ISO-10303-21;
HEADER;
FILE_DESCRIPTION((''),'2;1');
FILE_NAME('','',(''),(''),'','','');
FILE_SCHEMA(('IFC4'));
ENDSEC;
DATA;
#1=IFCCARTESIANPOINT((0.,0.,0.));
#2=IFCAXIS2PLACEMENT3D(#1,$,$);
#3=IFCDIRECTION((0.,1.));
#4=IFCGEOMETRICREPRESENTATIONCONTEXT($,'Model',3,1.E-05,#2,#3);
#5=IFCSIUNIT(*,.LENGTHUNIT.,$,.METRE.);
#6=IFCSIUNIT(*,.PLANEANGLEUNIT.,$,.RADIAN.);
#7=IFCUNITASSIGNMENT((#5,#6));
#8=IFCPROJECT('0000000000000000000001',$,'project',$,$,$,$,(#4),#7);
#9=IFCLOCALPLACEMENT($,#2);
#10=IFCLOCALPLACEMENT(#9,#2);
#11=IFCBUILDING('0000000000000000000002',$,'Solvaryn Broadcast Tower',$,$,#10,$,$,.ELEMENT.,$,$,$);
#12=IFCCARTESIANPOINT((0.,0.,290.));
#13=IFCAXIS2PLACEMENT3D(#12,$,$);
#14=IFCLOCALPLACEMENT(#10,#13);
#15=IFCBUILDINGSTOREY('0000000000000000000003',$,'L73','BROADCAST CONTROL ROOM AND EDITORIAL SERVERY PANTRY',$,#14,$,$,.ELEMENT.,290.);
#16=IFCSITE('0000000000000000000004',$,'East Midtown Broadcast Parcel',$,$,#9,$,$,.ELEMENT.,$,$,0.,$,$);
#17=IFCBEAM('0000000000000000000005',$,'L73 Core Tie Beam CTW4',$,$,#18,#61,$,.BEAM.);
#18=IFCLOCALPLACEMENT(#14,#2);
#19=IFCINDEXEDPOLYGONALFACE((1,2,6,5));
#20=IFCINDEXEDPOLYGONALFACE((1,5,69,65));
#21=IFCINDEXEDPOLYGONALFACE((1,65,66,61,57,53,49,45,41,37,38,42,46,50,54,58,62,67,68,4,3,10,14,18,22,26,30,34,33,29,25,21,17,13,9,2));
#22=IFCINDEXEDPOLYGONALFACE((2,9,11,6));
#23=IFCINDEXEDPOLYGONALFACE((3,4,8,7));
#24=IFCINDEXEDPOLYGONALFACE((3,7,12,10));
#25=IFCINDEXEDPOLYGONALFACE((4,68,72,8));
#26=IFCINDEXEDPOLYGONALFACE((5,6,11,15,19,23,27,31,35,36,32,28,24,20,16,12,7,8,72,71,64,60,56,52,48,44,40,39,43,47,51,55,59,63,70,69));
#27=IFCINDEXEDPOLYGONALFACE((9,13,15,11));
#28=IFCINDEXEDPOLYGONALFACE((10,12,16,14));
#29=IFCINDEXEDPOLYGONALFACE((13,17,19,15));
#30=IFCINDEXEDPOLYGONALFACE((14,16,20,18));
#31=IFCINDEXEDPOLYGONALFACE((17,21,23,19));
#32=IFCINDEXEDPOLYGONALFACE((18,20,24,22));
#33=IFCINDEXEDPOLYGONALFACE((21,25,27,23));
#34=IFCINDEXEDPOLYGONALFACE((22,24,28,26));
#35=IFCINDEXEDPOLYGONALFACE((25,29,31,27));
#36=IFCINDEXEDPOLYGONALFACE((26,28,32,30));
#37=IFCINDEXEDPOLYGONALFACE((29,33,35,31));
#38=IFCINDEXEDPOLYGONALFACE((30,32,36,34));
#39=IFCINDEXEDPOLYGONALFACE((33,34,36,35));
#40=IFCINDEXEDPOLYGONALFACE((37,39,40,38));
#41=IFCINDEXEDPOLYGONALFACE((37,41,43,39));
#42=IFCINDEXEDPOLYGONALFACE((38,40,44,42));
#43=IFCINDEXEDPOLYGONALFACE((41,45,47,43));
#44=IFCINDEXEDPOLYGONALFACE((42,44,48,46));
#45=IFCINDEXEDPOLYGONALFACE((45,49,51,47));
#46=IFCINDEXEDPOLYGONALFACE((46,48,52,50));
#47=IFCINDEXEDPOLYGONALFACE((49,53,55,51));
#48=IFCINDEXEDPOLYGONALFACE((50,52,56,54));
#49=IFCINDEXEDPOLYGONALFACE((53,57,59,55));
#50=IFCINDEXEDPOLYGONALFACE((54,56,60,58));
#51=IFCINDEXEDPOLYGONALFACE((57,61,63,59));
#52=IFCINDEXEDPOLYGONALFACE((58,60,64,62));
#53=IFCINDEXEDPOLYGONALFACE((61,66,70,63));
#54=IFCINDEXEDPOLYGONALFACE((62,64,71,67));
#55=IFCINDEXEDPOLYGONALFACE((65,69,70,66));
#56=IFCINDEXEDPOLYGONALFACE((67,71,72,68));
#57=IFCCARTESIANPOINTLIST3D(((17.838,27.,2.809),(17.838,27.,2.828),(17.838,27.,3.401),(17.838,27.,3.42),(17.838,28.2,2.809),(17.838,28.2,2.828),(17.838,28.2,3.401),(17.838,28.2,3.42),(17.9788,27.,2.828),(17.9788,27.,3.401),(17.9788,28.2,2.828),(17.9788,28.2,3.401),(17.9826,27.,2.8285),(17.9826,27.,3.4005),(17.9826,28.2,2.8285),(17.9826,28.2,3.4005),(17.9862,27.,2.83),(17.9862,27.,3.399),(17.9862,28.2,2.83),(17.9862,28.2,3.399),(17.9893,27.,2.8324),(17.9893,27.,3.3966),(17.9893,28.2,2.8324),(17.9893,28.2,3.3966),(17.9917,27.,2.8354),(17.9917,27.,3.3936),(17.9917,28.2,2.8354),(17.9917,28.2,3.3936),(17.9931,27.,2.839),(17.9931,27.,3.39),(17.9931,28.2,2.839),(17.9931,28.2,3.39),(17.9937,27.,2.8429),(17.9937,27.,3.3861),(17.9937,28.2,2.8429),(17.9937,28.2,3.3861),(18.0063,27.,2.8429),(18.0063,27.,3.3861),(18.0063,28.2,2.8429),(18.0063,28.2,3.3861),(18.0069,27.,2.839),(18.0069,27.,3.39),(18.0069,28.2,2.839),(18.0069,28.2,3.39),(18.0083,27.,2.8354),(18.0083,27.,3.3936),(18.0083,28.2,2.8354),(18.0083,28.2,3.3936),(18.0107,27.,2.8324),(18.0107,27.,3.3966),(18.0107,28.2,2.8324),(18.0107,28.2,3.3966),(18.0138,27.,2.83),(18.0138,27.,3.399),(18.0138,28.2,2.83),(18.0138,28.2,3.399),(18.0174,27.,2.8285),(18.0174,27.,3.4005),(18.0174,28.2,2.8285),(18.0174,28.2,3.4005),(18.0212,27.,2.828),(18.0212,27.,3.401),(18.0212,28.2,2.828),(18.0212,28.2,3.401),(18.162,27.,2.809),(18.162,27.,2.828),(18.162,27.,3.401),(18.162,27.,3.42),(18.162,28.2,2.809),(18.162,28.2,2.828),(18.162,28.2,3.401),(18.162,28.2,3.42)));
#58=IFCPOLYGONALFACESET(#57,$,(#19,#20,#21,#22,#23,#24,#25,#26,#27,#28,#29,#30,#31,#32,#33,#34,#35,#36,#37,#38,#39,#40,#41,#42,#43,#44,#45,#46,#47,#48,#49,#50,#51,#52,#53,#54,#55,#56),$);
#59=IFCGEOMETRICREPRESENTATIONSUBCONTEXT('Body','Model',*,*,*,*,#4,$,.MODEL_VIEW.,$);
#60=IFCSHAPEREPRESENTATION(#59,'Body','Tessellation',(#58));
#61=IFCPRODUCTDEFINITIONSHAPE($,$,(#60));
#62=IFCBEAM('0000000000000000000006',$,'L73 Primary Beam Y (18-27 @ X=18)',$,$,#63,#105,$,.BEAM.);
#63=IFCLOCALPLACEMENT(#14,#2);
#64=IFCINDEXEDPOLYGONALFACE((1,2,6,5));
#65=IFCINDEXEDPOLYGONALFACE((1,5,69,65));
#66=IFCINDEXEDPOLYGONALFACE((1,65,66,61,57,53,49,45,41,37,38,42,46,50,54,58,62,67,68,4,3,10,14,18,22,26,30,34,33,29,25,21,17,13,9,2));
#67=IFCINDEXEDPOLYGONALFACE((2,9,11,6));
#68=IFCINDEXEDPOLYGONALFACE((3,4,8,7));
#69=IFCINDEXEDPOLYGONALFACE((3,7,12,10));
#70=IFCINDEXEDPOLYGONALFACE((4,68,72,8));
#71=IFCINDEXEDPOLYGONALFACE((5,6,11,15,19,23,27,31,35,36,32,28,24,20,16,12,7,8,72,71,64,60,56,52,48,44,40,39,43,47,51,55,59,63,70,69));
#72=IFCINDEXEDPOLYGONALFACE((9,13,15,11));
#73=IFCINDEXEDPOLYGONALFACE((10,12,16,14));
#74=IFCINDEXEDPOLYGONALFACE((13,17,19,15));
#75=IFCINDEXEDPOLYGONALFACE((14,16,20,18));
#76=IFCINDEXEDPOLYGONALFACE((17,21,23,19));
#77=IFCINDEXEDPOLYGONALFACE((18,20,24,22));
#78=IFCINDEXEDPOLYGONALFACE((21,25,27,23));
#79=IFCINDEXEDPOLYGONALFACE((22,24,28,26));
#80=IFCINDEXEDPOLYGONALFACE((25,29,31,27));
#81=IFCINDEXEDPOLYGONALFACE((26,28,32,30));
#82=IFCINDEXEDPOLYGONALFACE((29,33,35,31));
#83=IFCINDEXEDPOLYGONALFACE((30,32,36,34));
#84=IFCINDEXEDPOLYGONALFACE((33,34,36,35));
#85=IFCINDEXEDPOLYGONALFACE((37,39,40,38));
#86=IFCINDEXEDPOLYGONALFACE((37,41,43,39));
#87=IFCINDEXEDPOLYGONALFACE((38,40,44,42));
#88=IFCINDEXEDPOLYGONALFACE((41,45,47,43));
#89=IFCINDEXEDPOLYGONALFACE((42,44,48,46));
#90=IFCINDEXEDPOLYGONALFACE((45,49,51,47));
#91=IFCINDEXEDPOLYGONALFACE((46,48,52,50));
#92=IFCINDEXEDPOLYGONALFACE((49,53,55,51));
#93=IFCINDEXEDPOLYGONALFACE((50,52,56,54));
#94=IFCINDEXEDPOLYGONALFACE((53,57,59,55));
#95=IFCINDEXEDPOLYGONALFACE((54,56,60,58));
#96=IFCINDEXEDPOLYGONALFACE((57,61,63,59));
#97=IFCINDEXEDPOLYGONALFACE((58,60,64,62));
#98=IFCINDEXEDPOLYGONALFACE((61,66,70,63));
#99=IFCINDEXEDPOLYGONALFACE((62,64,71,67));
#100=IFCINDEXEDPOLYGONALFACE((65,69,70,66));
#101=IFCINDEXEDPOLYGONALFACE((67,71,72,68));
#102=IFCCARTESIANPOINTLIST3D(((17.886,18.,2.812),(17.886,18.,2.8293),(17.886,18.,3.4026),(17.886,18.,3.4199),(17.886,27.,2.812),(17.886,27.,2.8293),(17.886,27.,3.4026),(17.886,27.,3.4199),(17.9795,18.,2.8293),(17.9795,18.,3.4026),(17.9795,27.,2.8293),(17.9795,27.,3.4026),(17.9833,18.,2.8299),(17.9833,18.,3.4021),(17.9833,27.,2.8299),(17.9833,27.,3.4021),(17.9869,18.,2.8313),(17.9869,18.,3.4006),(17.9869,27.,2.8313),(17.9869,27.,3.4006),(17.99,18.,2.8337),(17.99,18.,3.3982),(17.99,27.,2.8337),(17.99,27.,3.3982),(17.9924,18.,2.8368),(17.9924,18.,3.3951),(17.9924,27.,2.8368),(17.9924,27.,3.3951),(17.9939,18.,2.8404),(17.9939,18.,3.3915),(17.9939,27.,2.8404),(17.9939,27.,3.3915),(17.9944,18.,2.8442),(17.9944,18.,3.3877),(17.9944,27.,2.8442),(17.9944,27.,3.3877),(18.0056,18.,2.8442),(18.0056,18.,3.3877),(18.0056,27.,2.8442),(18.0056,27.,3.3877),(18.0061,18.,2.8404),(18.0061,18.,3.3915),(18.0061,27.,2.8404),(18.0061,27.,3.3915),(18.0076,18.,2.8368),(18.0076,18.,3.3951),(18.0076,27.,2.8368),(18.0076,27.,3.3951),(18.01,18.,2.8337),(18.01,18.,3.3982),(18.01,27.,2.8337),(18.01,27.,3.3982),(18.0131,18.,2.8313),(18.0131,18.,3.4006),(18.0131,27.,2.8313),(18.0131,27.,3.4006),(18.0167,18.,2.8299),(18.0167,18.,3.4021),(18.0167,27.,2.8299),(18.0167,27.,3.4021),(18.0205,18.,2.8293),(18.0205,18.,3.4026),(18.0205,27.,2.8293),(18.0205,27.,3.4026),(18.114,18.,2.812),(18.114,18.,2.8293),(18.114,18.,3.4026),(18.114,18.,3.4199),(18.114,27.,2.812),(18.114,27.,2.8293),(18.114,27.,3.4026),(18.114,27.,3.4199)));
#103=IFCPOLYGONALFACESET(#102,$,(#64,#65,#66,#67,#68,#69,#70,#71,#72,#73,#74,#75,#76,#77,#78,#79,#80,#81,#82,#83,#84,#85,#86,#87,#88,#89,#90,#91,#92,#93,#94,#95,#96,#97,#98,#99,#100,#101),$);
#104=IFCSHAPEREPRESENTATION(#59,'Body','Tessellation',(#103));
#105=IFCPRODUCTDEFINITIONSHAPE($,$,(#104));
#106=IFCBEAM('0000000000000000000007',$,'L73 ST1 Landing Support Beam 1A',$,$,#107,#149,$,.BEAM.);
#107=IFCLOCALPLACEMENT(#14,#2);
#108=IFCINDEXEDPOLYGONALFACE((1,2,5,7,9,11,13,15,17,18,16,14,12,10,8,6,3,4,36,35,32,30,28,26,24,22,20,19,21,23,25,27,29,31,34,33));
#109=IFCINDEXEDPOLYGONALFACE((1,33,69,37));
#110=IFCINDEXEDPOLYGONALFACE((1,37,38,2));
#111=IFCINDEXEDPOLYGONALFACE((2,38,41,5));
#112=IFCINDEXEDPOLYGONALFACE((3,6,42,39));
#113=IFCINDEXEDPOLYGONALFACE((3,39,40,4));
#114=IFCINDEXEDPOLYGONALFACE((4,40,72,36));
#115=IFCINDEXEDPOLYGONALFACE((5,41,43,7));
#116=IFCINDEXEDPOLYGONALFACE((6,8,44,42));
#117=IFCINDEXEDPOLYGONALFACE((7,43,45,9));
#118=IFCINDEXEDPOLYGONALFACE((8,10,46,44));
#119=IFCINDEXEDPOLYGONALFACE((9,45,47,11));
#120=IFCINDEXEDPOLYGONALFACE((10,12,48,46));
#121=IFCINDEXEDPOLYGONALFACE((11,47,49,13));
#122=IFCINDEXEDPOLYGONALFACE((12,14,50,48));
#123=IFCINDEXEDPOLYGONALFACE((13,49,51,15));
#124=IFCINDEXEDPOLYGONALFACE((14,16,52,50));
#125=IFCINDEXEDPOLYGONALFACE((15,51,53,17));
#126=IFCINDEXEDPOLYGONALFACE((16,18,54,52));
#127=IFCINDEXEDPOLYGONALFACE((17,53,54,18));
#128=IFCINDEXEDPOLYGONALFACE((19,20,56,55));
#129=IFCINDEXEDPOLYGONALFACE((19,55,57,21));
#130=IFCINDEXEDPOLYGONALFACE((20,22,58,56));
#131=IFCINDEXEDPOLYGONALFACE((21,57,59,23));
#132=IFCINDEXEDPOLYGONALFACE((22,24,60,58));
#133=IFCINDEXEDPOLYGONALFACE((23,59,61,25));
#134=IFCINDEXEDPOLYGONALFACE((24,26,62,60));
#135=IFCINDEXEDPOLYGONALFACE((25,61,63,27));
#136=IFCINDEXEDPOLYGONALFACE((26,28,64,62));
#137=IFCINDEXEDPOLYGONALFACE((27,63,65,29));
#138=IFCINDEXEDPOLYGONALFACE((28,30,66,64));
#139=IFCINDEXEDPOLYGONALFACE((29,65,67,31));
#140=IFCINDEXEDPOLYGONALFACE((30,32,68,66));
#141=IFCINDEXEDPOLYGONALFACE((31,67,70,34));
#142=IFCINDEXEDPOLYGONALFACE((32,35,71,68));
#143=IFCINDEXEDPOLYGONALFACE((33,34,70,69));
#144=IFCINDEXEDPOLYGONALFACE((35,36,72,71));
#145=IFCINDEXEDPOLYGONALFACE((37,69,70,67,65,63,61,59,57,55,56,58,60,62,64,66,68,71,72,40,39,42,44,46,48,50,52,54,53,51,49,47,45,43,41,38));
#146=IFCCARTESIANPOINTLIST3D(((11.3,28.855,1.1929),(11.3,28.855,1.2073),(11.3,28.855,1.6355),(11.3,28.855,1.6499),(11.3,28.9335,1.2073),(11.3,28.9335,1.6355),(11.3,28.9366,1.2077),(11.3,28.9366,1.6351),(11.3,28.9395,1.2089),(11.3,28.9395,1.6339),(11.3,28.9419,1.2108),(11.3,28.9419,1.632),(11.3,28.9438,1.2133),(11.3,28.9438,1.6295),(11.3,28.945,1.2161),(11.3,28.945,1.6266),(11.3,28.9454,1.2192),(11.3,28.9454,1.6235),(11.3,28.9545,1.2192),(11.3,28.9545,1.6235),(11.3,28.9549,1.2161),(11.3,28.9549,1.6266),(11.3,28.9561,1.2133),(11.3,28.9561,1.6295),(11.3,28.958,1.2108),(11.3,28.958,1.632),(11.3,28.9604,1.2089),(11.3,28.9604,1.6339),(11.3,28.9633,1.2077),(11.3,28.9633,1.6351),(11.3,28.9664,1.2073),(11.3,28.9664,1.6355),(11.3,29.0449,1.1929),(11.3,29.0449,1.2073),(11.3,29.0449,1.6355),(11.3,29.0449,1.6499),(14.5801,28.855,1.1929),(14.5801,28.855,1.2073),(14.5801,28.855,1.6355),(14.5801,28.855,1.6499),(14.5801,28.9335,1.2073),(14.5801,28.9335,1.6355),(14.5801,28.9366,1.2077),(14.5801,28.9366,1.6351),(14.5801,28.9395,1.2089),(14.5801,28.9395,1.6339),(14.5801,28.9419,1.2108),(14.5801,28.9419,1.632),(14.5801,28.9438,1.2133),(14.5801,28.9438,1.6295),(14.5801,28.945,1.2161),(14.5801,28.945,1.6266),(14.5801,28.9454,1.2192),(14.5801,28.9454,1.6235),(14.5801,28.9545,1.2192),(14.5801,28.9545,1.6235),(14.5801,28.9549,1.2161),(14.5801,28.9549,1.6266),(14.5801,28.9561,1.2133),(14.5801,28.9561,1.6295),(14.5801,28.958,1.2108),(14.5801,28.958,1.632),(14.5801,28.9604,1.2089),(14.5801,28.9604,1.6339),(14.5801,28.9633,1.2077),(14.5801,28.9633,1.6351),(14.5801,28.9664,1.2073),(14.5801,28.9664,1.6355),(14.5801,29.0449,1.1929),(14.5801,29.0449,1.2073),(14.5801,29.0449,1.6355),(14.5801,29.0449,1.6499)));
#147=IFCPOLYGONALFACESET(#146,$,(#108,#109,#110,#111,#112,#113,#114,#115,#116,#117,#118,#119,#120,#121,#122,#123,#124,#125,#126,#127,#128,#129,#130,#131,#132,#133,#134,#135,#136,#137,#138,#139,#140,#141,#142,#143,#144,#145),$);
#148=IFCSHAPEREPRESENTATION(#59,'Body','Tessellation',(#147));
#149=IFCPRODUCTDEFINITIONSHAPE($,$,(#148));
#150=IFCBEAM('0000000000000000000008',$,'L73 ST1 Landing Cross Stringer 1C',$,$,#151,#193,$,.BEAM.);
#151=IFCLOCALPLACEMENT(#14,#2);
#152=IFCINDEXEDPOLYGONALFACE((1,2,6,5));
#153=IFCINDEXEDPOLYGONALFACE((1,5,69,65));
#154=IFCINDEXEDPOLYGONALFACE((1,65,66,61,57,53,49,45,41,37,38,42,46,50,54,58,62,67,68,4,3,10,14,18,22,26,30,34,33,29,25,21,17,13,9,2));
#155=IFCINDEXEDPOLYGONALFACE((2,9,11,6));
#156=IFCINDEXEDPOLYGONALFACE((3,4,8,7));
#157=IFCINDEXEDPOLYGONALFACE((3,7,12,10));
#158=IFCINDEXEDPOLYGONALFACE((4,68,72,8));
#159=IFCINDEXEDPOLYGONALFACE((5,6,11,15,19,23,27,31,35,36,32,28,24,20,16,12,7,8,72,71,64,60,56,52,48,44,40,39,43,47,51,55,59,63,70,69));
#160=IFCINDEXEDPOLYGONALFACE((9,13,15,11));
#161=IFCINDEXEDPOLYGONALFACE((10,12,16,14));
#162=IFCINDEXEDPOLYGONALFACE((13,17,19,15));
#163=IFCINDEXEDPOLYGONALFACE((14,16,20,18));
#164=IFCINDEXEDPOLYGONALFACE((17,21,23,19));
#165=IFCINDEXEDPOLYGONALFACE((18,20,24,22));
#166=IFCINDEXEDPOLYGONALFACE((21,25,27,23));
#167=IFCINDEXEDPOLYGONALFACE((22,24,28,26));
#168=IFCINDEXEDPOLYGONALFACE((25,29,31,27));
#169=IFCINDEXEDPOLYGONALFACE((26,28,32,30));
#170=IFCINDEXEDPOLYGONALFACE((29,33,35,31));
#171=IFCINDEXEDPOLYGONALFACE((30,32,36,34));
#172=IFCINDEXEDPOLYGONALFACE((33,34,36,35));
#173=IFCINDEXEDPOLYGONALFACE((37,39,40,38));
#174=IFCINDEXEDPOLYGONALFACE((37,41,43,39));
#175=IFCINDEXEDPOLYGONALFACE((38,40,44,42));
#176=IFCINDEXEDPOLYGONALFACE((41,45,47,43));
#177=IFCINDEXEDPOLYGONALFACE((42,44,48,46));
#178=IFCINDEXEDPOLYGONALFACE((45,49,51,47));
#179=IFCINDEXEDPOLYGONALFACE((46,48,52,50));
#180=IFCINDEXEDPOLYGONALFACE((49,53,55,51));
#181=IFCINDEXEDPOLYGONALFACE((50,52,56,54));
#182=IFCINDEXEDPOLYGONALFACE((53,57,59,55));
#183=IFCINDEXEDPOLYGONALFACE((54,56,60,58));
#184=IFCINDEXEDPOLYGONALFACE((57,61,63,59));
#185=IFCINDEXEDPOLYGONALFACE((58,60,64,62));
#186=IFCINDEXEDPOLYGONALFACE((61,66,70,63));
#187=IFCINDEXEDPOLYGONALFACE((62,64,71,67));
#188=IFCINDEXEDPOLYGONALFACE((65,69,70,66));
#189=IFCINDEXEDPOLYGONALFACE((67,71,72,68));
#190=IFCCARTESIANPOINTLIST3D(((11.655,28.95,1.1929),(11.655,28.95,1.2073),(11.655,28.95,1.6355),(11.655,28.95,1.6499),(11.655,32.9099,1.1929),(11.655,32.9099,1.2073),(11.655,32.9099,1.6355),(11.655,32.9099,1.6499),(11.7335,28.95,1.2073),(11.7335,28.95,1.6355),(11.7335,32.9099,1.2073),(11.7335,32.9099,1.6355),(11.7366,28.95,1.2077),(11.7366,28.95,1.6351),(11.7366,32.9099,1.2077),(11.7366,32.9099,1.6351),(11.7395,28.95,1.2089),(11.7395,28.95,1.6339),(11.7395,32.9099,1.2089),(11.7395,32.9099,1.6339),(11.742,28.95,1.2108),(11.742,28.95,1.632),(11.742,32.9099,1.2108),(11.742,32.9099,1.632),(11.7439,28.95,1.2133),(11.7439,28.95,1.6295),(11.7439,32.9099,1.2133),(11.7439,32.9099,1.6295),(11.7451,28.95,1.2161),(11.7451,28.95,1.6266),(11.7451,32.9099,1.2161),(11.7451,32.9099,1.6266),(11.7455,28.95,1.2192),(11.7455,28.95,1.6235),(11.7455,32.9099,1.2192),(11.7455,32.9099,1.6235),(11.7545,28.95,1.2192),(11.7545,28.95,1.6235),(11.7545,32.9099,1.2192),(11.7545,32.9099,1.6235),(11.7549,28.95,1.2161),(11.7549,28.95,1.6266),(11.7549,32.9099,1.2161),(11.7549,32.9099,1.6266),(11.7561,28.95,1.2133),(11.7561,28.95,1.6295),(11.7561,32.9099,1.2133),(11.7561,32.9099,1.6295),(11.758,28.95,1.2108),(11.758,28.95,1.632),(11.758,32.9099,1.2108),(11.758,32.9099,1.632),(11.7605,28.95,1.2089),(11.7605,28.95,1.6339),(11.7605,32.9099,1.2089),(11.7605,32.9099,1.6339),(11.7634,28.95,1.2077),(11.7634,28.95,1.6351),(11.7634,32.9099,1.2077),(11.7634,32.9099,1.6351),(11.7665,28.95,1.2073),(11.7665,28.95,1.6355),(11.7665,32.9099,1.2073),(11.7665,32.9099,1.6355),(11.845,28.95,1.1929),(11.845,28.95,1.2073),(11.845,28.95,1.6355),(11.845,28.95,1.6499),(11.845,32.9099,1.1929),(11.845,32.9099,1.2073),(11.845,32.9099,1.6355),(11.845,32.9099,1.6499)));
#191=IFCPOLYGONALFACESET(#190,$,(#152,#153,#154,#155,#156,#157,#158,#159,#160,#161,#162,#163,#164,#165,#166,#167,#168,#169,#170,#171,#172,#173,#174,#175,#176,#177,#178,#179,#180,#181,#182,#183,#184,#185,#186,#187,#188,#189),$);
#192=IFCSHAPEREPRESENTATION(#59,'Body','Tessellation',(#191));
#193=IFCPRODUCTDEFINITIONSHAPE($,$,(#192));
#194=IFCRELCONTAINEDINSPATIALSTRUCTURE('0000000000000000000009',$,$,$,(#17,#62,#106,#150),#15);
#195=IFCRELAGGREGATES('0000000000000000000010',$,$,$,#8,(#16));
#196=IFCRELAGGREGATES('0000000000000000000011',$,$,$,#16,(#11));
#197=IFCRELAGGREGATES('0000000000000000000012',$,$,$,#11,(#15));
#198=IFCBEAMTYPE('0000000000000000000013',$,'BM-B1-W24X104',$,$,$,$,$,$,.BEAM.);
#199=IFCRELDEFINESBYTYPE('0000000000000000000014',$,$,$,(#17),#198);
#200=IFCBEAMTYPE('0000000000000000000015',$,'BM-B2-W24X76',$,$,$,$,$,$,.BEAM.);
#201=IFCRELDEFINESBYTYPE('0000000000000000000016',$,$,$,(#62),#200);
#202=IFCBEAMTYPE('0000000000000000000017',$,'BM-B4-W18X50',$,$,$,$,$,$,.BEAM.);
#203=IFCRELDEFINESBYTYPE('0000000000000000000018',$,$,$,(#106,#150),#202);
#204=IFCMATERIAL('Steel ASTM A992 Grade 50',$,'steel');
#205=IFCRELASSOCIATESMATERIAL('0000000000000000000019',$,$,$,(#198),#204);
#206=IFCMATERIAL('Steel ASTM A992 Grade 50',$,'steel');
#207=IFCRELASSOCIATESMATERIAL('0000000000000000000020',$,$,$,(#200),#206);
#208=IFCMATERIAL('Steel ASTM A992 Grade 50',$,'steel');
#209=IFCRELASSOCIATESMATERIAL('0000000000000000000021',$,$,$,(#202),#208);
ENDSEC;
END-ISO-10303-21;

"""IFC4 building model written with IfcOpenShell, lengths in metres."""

from ifc_helpers import new_model, si_unit, direction, frame, origin, origin_2d, place, context, subcontext, project, spatial, i_section, extrude, material, material_profile, profile_set, type_object, element, save


model = new_model("IFC4")

# Units and contexts
model_context = context("Model", 3, precision=1e-05, world=origin(), true_north=direction((0.0, 1.0)))
body_context = subcontext(model_context, "Body", "Model", "MODEL_VIEW")
ifc_project = project(units=[si_unit("LENGTHUNIT", "METRE"), si_unit("PLANEANGLEUNIT", "RADIAN")], contexts=[model_context])

# Site, building, storey
site_placement = place(None, origin())
site = spatial("IfcSite", under=ifc_project, at=site_placement, Name="East Midtown Broadcast Parcel", CompositionType="ELEMENT", RefElevation=0.0)
building_placement = place(site_placement, origin())
building = spatial("IfcBuilding", under=site, at=building_placement, Name="Solvaryn Broadcast Tower", CompositionType="ELEMENT")
storey_placement = place(building_placement, frame((0.0, 0.0, 290.0)))
storey = spatial("IfcBuildingStorey", under=building, at=storey_placement, Name="L73", Description="BROADCAST CONTROL ROOM AND EDITORIAL SERVERY PANTRY", CompositionType="ELEMENT", Elevation=290.0)

# Beams
ifc_material_1 = material(Name="Steel ASTM A992 Grade 50", Category="steel")
ifc_material_profile_1 = material_profile(ifc_material_1, i_section(OverallWidth=0.324, OverallDepth=0.6111, WebThickness=0.0127, FlangeThickness=0.019, FilletRadius=0.0149, at=origin_2d()))
ifc_profile_set_1 = profile_set([ifc_material_profile_1], Name="Steel ASTM A992 Grade 50")
beam_type_1 = type_object("IfcBeamType", Name="BM-B1-W24X104", PredefinedType="BEAM", material=ifc_profile_set_1)
beam_1_placement = place(storey_placement, frame((18.0, 27.0, 3.1145), z_axis=(0.0, 1.0, 0.0), x_axis=(-1.0, 0.0, 0.0)))
element("IfcBeam", 1, at=beam_1_placement, inside=storey, type_object=beam_type_1, Name="L73 Core Tie Beam CTW4", PredefinedType="BEAM", context=body_context, shape_type="SweptSolid", body=[
    extrude(i_section(OverallWidth=0.324, OverallDepth=0.6111, WebThickness=0.0127, FlangeThickness=0.019, FilletRadius=0.0149, at=origin_2d()), origin(), (0.0, 0.0, 1.0), 1.2),
])
ifc_material_2 = material(Name="Steel ASTM A992 Grade 50", Category="steel")
ifc_material_profile_2 = material_profile(ifc_material_2, i_section(OverallWidth=0.228, OverallDepth=0.6079, WebThickness=0.0112, FlangeThickness=0.0173, FilletRadius=0.0149, at=origin_2d()))
ifc_profile_set_2 = profile_set([ifc_material_profile_2], Name="Steel ASTM A992 Grade 50")
beam_type_2 = type_object("IfcBeamType", Name="BM-B2-W24X76", PredefinedType="BEAM", material=ifc_profile_set_2)
beam_2_placement = place(storey_placement, frame((18.0, 18.0, 3.116), z_axis=(0.0, 1.0, 0.0), x_axis=(-1.0, 0.0, 0.0)))
element("IfcBeam", 2, at=beam_2_placement, inside=storey, type_object=beam_type_2, Name="L73 Primary Beam Y (18-27 @ X=18)", PredefinedType="BEAM", context=body_context, shape_type="SweptSolid", body=[
    extrude(i_section(OverallWidth=0.228, OverallDepth=0.6079, WebThickness=0.0112, FlangeThickness=0.0173, FilletRadius=0.0149, at=origin_2d()), origin(), (0.0, 0.0, 1.0), 9.0),
])
ifc_material_3 = material(Name="Steel ASTM A992 Grade 50", Category="steel")
ifc_material_profile_3 = material_profile(ifc_material_3, i_section(OverallWidth=0.1899, OverallDepth=0.457, WebThickness=0.009, FlangeThickness=0.0144, FilletRadius=0.012, at=origin_2d()))
ifc_profile_set_3 = profile_set([ifc_material_profile_3], Name="Steel ASTM A992 Grade 50")
beam_type_3 = type_object("IfcBeamType", Name="BM-B4-W18X50", PredefinedType="BEAM", material=ifc_profile_set_3)
beam_3_placement = place(storey_placement, frame((11.3, 28.95, 1.4214), z_axis=(1.0, 0.0, 0.0), x_axis=(0.0, 1.0, 0.0)))
element("IfcBeam", 3, at=beam_3_placement, inside=storey, type_object=beam_type_3, Name="L73 ST1 Landing Support Beam 1A", PredefinedType="BEAM", context=body_context, shape_type="SweptSolid", body=[
    extrude(i_section(OverallWidth=0.1899, OverallDepth=0.457, WebThickness=0.009, FlangeThickness=0.0144, FilletRadius=0.012, at=origin_2d()), origin(), (0.0, 0.0, 1.0), 3.28),
])
beam_4_placement = place(storey_placement, frame((11.75, 28.95, 1.4214), z_axis=(0.0, 1.0, 0.0), x_axis=(-1.0, 0.0, 0.0)))
element("IfcBeam", 4, at=beam_4_placement, inside=storey, type_object=beam_type_3, Name="L73 ST1 Landing Cross Stringer 1C", PredefinedType="BEAM", context=body_context, shape_type="SweptSolid", body=[
    extrude(i_section(OverallWidth=0.1899, OverallDepth=0.457, WebThickness=0.009, FlangeThickness=0.0144, FilletRadius=0.012, at=origin_2d()), origin(), (0.0, 0.0, 1.0), 3.96),
])

save(model, "model.ifc")
